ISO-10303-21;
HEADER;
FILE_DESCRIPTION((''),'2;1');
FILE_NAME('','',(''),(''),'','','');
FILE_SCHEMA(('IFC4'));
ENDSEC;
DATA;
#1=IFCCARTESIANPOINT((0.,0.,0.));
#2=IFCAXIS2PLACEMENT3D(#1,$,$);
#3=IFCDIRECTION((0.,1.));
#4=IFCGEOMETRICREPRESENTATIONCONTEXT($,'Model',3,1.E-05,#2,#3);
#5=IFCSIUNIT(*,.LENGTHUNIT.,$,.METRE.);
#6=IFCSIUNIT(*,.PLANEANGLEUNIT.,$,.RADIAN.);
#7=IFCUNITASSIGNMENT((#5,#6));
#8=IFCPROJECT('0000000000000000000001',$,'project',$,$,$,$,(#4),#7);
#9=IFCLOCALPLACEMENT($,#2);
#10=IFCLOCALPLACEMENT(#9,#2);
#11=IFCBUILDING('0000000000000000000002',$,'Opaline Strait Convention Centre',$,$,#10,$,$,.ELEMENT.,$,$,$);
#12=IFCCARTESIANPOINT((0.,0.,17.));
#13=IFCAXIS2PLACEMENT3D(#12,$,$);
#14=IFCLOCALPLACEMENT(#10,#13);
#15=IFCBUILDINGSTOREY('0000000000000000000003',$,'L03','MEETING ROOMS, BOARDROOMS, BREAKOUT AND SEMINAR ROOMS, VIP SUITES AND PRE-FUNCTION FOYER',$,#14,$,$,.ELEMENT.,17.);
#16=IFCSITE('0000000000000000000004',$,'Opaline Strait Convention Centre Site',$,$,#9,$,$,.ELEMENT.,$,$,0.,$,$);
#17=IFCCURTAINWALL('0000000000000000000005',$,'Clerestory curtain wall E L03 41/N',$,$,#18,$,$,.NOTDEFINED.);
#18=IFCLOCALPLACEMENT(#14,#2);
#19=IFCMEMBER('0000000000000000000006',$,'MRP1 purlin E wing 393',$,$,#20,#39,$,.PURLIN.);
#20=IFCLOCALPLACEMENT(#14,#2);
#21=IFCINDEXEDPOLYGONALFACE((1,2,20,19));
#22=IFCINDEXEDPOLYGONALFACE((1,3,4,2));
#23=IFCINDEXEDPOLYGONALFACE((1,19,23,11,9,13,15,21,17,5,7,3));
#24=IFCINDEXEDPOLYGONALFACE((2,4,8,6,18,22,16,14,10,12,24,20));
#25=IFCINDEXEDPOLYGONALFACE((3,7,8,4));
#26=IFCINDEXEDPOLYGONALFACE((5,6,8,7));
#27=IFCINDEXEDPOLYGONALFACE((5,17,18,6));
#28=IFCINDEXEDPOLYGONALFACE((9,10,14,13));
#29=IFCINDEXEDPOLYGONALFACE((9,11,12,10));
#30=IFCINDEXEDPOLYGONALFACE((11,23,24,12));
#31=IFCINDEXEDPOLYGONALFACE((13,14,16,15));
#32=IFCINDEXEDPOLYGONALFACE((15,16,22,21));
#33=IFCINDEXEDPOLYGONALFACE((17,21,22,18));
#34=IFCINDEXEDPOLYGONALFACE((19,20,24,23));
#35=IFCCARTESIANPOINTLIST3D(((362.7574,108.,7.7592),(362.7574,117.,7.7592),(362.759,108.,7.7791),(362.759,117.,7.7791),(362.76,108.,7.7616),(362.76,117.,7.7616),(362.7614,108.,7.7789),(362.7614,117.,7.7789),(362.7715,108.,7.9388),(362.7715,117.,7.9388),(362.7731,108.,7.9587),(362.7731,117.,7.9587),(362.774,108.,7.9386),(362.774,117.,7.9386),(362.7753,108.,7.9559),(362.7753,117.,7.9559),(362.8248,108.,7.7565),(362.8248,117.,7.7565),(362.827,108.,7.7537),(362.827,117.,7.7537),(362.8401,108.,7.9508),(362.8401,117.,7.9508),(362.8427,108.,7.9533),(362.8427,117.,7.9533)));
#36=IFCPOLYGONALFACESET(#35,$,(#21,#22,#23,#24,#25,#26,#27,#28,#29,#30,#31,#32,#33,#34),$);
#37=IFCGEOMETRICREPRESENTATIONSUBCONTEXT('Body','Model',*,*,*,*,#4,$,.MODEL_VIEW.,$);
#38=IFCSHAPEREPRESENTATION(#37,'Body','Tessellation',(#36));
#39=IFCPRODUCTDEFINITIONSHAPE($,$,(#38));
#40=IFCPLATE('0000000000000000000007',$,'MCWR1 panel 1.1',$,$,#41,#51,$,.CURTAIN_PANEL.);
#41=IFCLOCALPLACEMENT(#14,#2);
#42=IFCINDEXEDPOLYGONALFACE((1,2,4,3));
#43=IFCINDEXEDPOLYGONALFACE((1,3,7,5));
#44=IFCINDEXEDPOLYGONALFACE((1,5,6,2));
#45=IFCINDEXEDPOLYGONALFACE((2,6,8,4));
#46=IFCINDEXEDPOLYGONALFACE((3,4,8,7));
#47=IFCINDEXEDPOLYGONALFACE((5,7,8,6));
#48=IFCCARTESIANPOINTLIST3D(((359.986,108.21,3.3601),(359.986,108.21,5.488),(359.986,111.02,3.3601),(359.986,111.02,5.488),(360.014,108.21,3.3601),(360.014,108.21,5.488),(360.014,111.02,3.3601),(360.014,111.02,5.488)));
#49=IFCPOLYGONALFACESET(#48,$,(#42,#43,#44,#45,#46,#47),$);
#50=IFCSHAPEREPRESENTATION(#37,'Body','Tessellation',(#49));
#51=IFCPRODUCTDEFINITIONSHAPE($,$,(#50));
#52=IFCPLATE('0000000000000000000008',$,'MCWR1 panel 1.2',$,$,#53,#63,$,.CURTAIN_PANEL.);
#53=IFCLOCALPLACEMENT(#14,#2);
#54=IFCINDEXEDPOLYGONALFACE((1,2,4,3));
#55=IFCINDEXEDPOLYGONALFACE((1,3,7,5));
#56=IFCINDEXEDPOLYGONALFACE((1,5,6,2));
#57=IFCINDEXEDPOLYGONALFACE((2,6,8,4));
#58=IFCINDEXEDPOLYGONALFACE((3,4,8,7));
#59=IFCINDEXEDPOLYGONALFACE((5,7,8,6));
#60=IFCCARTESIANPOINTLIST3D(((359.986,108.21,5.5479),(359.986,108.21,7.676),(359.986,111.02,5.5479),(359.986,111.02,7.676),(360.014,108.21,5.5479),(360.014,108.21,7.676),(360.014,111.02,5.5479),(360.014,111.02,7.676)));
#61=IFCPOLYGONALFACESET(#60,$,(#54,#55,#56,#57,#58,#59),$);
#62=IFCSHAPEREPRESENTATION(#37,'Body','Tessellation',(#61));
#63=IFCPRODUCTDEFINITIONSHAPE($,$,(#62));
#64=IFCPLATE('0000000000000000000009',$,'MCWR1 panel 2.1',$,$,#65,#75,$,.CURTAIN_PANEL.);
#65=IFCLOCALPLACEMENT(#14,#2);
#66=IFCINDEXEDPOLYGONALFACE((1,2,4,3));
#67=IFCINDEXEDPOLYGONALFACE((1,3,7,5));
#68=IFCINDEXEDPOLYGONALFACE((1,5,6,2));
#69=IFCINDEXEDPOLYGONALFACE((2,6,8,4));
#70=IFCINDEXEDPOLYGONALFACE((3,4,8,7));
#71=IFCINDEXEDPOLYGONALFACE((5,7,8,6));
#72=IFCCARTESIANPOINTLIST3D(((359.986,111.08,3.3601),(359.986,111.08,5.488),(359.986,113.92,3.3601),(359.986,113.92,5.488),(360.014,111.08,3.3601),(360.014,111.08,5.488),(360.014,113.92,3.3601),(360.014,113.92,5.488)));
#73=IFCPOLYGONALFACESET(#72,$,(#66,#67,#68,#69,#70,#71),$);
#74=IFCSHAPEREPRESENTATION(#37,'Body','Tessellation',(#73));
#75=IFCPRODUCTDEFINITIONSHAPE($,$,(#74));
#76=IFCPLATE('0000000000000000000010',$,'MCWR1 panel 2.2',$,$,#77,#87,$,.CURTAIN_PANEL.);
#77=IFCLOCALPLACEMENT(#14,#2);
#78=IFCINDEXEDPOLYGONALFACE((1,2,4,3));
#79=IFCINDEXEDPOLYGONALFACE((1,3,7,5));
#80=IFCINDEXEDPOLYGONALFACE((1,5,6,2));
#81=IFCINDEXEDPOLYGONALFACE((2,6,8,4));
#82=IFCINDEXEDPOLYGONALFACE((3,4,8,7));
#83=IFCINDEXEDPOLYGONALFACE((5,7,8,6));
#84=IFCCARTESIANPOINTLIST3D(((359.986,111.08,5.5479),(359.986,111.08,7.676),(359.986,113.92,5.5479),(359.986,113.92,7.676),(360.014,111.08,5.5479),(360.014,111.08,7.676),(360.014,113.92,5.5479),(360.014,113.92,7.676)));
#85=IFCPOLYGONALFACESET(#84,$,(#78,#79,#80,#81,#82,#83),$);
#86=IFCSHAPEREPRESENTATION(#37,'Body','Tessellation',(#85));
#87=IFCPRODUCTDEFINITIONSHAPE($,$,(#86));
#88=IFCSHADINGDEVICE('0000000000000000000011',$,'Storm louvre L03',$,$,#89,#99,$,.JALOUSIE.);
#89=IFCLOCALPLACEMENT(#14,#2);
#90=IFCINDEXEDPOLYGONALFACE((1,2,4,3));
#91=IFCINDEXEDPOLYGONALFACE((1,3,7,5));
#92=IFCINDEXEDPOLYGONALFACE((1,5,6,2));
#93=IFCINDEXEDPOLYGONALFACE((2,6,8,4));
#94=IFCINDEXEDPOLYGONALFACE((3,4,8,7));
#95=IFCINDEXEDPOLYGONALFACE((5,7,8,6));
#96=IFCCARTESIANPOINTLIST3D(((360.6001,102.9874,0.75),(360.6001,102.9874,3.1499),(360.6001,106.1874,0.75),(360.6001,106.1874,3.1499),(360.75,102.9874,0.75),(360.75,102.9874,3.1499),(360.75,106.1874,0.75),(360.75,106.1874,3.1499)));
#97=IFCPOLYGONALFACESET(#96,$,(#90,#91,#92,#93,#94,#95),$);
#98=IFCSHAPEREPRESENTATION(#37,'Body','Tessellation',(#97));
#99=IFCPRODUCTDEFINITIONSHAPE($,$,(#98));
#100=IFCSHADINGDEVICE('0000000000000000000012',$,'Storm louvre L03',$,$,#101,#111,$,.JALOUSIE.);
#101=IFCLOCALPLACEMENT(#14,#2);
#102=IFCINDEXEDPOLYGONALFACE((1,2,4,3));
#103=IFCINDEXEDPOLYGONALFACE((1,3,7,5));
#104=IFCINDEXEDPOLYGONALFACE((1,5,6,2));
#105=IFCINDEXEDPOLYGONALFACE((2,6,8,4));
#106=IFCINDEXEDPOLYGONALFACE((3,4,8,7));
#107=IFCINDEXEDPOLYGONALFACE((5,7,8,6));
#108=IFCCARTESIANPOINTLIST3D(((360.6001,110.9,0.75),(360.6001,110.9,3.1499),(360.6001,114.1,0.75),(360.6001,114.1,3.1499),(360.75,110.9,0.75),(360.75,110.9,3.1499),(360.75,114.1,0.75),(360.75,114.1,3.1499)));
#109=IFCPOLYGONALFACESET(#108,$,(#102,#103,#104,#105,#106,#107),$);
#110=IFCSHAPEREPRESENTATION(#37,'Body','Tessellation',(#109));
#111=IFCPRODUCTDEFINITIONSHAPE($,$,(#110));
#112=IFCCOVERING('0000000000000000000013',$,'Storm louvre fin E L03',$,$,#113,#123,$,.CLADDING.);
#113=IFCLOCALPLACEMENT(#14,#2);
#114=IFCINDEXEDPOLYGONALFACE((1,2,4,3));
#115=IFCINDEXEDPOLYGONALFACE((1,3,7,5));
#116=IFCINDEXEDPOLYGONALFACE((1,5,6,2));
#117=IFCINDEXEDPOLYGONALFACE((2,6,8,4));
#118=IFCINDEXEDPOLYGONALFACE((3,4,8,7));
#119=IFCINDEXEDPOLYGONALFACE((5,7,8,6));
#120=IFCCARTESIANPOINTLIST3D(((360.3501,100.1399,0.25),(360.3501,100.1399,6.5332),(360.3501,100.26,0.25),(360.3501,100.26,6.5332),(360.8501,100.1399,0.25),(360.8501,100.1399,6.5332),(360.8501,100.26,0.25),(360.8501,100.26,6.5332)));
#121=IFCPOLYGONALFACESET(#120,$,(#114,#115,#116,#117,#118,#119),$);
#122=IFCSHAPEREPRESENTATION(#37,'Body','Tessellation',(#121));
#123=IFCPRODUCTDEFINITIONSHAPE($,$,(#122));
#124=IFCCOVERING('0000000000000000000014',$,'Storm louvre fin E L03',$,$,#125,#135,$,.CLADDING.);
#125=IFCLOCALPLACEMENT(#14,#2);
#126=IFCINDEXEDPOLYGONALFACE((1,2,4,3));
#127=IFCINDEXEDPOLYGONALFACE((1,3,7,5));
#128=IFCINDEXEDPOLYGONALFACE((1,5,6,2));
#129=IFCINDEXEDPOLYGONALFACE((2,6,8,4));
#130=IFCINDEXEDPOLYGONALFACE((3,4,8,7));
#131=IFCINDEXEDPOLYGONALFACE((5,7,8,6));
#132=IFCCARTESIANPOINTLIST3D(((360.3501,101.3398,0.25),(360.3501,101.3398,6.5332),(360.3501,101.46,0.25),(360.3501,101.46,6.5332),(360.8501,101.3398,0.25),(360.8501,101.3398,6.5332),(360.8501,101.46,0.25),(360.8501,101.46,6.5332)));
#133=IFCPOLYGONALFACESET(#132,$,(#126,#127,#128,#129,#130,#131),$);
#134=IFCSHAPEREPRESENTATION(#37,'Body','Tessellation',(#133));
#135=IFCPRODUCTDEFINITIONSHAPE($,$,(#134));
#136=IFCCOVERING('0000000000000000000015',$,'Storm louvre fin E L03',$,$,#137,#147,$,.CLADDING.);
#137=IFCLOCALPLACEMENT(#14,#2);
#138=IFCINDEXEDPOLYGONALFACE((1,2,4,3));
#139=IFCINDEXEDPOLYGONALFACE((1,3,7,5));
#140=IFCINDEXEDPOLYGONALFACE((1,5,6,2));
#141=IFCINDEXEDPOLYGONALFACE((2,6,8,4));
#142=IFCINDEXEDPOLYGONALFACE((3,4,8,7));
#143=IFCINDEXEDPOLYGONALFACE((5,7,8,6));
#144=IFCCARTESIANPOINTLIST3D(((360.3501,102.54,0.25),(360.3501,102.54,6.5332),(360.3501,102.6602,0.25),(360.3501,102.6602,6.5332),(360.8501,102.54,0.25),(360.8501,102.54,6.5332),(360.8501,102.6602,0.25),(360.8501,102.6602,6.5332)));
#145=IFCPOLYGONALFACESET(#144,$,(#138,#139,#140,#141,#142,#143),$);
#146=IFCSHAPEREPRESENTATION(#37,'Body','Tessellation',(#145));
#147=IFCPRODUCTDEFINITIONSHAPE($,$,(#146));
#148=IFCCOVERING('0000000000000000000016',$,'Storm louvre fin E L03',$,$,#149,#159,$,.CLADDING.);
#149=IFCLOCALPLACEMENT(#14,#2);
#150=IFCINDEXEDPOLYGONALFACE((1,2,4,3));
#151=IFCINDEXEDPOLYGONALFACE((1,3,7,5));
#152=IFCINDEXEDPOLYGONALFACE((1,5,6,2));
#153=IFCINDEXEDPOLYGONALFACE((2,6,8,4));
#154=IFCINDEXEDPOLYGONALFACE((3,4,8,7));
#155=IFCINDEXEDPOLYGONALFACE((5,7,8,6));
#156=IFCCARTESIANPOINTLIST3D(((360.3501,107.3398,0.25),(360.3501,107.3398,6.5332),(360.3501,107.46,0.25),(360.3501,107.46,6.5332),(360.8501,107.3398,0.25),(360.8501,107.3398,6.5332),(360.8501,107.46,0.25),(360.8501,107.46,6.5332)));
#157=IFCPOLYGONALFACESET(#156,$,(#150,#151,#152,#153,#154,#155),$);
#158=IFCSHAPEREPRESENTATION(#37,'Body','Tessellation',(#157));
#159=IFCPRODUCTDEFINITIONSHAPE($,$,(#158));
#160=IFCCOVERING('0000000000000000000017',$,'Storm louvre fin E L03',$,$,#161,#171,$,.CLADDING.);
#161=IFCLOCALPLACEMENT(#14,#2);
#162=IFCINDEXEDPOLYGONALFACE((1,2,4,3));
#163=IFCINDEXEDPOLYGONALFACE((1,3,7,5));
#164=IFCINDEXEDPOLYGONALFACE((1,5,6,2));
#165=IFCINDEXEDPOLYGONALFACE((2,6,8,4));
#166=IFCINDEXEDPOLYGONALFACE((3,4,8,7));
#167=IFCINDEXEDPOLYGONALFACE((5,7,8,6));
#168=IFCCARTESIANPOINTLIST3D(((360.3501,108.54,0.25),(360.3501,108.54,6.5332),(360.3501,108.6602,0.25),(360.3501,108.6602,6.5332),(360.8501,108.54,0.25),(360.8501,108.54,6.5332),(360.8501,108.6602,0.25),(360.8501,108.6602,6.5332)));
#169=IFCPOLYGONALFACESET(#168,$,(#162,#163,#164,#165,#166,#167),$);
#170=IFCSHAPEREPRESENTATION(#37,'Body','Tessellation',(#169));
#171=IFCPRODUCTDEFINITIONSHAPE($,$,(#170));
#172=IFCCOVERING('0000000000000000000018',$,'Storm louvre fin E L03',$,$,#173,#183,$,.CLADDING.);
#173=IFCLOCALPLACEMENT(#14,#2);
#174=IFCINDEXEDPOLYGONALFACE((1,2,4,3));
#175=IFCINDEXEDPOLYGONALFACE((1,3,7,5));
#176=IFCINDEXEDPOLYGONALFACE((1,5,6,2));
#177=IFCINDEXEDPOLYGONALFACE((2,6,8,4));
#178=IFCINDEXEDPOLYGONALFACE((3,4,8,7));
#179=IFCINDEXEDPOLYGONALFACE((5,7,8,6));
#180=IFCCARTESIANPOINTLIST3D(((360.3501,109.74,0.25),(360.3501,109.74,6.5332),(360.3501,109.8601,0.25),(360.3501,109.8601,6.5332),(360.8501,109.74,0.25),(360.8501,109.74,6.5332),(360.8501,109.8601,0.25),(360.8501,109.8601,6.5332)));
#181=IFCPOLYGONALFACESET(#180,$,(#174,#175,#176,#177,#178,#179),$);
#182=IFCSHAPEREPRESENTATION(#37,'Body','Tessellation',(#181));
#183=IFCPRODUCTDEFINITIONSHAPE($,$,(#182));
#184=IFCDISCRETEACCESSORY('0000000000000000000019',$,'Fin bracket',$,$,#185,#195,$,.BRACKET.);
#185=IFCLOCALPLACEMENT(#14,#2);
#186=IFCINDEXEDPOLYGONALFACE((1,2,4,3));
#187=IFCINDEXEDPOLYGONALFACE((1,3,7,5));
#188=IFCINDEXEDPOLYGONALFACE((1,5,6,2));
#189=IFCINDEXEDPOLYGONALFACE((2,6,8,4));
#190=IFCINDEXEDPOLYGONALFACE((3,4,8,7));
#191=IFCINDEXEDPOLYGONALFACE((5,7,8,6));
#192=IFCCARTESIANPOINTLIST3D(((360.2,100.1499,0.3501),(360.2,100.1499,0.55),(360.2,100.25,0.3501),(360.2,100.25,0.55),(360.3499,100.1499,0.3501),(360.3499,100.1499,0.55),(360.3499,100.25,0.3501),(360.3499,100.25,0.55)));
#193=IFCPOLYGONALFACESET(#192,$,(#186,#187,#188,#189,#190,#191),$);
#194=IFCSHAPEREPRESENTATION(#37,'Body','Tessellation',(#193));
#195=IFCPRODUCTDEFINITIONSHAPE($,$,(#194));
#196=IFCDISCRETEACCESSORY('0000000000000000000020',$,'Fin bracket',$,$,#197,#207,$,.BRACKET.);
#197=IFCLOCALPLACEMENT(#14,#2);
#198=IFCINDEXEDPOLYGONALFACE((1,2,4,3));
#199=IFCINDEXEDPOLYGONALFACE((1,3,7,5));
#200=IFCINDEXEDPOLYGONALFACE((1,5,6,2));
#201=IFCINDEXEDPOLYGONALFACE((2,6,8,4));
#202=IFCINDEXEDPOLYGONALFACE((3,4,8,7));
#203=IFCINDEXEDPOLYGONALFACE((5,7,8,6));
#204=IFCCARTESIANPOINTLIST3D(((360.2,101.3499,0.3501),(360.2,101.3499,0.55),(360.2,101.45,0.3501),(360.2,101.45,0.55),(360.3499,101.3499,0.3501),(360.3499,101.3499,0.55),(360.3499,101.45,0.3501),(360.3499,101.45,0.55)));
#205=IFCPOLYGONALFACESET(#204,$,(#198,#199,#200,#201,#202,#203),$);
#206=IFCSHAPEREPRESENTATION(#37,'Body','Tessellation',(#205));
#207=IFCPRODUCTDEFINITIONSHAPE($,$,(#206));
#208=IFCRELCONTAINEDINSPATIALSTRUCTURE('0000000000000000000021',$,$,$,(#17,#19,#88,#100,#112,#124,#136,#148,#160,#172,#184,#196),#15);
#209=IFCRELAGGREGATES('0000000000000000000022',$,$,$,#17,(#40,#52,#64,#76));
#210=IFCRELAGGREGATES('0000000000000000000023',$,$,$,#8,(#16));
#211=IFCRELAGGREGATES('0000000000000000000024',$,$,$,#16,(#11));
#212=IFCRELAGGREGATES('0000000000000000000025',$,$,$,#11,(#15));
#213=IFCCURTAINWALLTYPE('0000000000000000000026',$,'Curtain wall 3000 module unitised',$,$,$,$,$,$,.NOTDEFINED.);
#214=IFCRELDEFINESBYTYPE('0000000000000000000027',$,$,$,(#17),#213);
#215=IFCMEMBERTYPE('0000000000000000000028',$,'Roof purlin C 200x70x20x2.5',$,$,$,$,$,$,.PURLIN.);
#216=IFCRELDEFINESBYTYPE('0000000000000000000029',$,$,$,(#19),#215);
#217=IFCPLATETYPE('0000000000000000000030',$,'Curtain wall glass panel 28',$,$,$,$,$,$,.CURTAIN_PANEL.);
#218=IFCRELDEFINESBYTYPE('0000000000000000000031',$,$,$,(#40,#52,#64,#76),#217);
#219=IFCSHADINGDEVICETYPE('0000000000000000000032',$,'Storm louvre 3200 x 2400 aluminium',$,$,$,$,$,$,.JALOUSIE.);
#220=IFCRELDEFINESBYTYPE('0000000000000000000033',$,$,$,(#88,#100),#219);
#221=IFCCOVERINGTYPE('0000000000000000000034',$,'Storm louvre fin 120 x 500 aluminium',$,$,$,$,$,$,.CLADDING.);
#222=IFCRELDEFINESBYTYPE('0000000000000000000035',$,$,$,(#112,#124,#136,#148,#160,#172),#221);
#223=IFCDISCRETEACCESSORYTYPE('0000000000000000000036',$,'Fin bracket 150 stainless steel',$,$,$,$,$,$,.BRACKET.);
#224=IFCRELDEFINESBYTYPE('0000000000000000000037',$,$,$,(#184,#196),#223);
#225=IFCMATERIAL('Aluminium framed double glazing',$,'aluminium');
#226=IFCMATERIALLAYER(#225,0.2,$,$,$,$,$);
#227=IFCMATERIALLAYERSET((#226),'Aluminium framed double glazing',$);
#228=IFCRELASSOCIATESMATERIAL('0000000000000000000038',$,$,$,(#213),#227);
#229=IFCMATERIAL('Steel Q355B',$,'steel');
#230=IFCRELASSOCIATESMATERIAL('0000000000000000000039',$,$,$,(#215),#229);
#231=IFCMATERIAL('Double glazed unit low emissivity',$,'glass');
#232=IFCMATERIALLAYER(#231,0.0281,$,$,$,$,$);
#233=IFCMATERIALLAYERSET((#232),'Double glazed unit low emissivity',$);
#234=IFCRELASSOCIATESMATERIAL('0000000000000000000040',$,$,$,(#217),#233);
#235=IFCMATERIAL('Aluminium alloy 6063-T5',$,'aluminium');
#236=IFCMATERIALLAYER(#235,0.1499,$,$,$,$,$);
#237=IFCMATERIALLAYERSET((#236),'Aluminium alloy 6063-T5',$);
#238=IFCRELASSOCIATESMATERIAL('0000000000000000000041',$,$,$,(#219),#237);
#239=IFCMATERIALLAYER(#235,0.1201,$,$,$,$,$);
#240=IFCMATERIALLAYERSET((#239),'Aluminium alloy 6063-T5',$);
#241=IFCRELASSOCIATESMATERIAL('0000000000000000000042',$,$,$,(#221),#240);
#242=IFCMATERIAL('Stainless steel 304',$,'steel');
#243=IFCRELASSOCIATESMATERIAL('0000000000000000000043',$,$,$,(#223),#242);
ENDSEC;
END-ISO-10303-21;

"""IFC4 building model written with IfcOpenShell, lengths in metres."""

from ifc_helpers import new_model, si_unit, direction, frame, origin, origin_2d, place, context, subcontext, project, spatial, polyline, rectangle, outline, extrude, material, layer, layer_set, material_profile, profile_set, type_object, element, aggregate, save


model = new_model("IFC4")

# Units and contexts
model_context = context("Model", 3, precision=1e-05, world=origin(), true_north=direction((0.0, 1.0)))
body_context = subcontext(model_context, "Body", "Model", "MODEL_VIEW")
ifc_project = project(units=[si_unit("LENGTHUNIT", "METRE"), si_unit("PLANEANGLEUNIT", "RADIAN")], contexts=[model_context])

# Site, building, storey
site_placement = place(None, origin())
site = spatial("IfcSite", under=ifc_project, at=site_placement, Name="Opaline Strait Convention Centre Site", CompositionType="ELEMENT", RefElevation=0.0)
building_placement = place(site_placement, origin())
building = spatial("IfcBuilding", under=site, at=building_placement, Name="Opaline Strait Convention Centre", CompositionType="ELEMENT")
storey_placement = place(building_placement, frame((0.0, 0.0, 17.0)))
storey = spatial("IfcBuildingStorey", under=building, at=storey_placement, Name="L03", Description="MEETING ROOMS, BOARDROOMS, BREAKOUT AND SEMINAR ROOMS, VIP SUITES AND PRE-FUNCTION FOYER", CompositionType="ELEMENT", Elevation=17.0)

# Curtain wall
ifc_material_1 = material(Name="Aluminium framed double glazing", Category="aluminium")
ifc_layer_1 = layer(ifc_material_1, 0.2)
ifc_layer_set_1 = layer_set([ifc_layer_1], Name="Aluminium framed double glazing")
curtain_wall_type = type_object("IfcCurtainWallType", Name="Curtain wall 3000 module unitised", PredefinedType="NOTDEFINED", material=ifc_layer_set_1)
curtain_wall_placement = place(storey_placement, origin())
curtain_wall = element("IfcCurtainWall", 1, at=curtain_wall_placement, inside=storey, type_object=curtain_wall_type, Name="Clerestory curtain wall E L03 41/N", PredefinedType="NOTDEFINED")

# Member
ifc_material_2 = material(Name="Steel Q355B", Category="steel")
ifc_material_profile_1 = material_profile(ifc_material_2, outline(polyline([(-0.0349, -0.1001), (0.0349, -0.1001), (0.0349, -0.0801), (0.0325, -0.0801), (0.0325, -0.0974), (-0.0325, -0.0974), (-0.0325, 0.0974), (0.0325, 0.0974), (0.0325, 0.0801), (0.0349, 0.0801), (0.0349, 0.1001), (-0.0349, 0.1001), (-0.0349, -0.1001)])), Name="C 200x70x20x2.5")
ifc_profile_set_1 = profile_set([ifc_material_profile_1], Name="Steel Q355B")
member_type_1 = type_object("IfcMemberType", Name="Roof purlin C 200x70x20x2.5", PredefinedType="PURLIN", material=ifc_profile_set_1)
for number, where, z_axis, x_axis, name in (
    (2, (362.8, 108.0, 7.8562), (0.0, 1.0, 0.0), (-0.996917, 0.0, 0.078459), "MRP1 purlin E wing 393"),
):
    element("IfcMember", number, at=place(storey_placement, frame(where, z_axis=z_axis, x_axis=x_axis)), inside=storey, type_object=member_type_1, Name=name, PredefinedType="PURLIN", context=body_context, shape_type="SweptSolid", body=[
        extrude(outline(polyline([(-0.0349, -0.1001), (0.0349, -0.1001), (0.0349, -0.0801), (0.0325, -0.0801), (0.0325, -0.0974), (-0.0325, -0.0974), (-0.0325, 0.0974), (0.0325, 0.0974), (0.0325, 0.0801), (0.0349, 0.0801), (0.0349, 0.1001), (-0.0349, 0.1001), (-0.0349, -0.1001)])), origin(), (0.0, 0.0, 1.0), 9.0),
    ])

# Plates
ifc_material_3 = material(Name="Double glazed unit low emissivity", Category="glass")
ifc_layer_2 = layer(ifc_material_3, 0.0281)
ifc_layer_set_2 = layer_set([ifc_layer_2], Name="Double glazed unit low emissivity")
plate_type = type_object("IfcPlateType", Name="Curtain wall glass panel 28", PredefinedType="CURTAIN_PANEL", material=ifc_layer_set_2)
plate_1_placement = place(storey_placement, frame((360.0, 109.615, 3.3601), z_axis=(0.0, 0.0, 1.0), x_axis=(0.0, 1.0, 0.0)))
plate_1 = element("IfcPlate", 3, at=plate_1_placement, type_object=plate_type, Name="MCWR1 panel 1.1", PredefinedType="CURTAIN_PANEL", context=body_context, shape_type="SweptSolid", body=[
    extrude(rectangle(XDim=2.8101, YDim=0.0281, at=origin_2d()), origin(), (0.0, 0.0, 1.0), 2.1279),
])
plate_2_placement = place(storey_placement, frame((360.0, 109.615, 5.5479), z_axis=(0.0, 0.0, 1.0), x_axis=(0.0, 1.0, 0.0)))
plate_2 = element("IfcPlate", 4, at=plate_2_placement, type_object=plate_type, Name="MCWR1 panel 1.2", PredefinedType="CURTAIN_PANEL", context=body_context, shape_type="SweptSolid", body=[
    extrude(rectangle(XDim=2.8101, YDim=0.0281, at=origin_2d()), origin(), (0.0, 0.0, 1.0), 2.1282),
])
plate_3_placement = place(storey_placement, frame((360.0, 112.5, 3.3601), z_axis=(0.0, 0.0, 1.0), x_axis=(0.0, 1.0, 0.0)))
plate_3 = element("IfcPlate", 5, at=plate_3_placement, type_object=plate_type, Name="MCWR1 panel 2.1", PredefinedType="CURTAIN_PANEL", context=body_context, shape_type="SweptSolid", body=[
    extrude(rectangle(XDim=2.8401, YDim=0.0281, at=origin_2d()), origin(), (0.0, 0.0, 1.0), 2.1279),
])
plate_4_placement = place(storey_placement, frame((360.0, 112.5, 5.5479), z_axis=(0.0, 0.0, 1.0), x_axis=(0.0, 1.0, 0.0)))
plate_4 = element("IfcPlate", 6, at=plate_4_placement, type_object=plate_type, Name="MCWR1 panel 2.2", PredefinedType="CURTAIN_PANEL", context=body_context, shape_type="SweptSolid", body=[
    extrude(rectangle(XDim=2.8401, YDim=0.0281, at=origin_2d()), origin(), (0.0, 0.0, 1.0), 2.1282),
])
aggregate(curtain_wall, [plate_1, plate_2, plate_3, plate_4])

# Shading devices
ifc_material_4 = material(Name="Aluminium alloy 6063-T5", Category="aluminium")
ifc_layer_3 = layer(ifc_material_4, 0.1499)
ifc_layer_set_3 = layer_set([ifc_layer_3], Name="Aluminium alloy 6063-T5")
shading_device_type = type_object("IfcShadingDeviceType", Name="Storm louvre 3200 x 2400 aluminium", PredefinedType="JALOUSIE", material=ifc_layer_set_3)
for number, where, z_axis, x_axis, name in (
    (7, (360.675, 104.5874, 0.75), (0.0, 0.0, 1.0), (1.0, 0.0, 0.0), "Storm louvre L03"),
    (8, (360.675, 112.5, 0.75), (0.0, 0.0, 1.0), (1.0, 0.0, 0.0), "Storm louvre L03"),
):
    element("IfcShadingDevice", number, at=place(storey_placement, frame(where, z_axis=z_axis, x_axis=x_axis)), inside=storey, type_object=shading_device_type, Name=name, PredefinedType="JALOUSIE", context=body_context, shape_type="SweptSolid", body=[
        extrude(rectangle(XDim=0.1499, YDim=3.2, at=origin_2d()), origin(), (0.0, 0.0, 1.0), 2.3999),
    ])

# Coverings
ifc_layer_4 = layer(ifc_material_4, 0.1201)
ifc_layer_set_4 = layer_set([ifc_layer_4], Name="Aluminium alloy 6063-T5")
covering_type = type_object("IfcCoveringType", Name="Storm louvre fin 120 x 500 aluminium", PredefinedType="CLADDING", material=ifc_layer_set_4)
for number, where, z_axis, x_axis, name in (
    (9, (360.6001, 100.2, 0.25), (0.0, 0.0, 1.0), (1.0, 0.0, 0.0), "Storm louvre fin E L03"),
    (10, (360.6001, 101.3999, 0.25), (0.0, 0.0, 1.0), (1.0, 0.0, 0.0), "Storm louvre fin E L03"),
    (11, (360.6001, 102.6001, 0.25), (0.0, 0.0, 1.0), (1.0, 0.0, 0.0), "Storm louvre fin E L03"),
    (12, (360.6001, 107.3999, 0.25), (0.0, 0.0, 1.0), (1.0, 0.0, 0.0), "Storm louvre fin E L03"),
    (13, (360.6001, 108.6001, 0.25), (0.0, 0.0, 1.0), (1.0, 0.0, 0.0), "Storm louvre fin E L03"),
    (14, (360.6001, 109.8, 0.25), (0.0, 0.0, 1.0), (1.0, 0.0, 0.0), "Storm louvre fin E L03"),
):
    element("IfcCovering", number, at=place(storey_placement, frame(where, z_axis=z_axis, x_axis=x_axis)), inside=storey, type_object=covering_type, Name=name, PredefinedType="CLADDING", context=body_context, shape_type="SweptSolid", body=[
        extrude(rectangle(XDim=0.5, YDim=0.1201, at=origin_2d()), origin(), (0.0, 0.0, 1.0), 6.2832),
    ])

# Discrete accessories
ifc_material_5 = material(Name="Stainless steel 304", Category="steel")
discrete_accessory_type_1 = type_object("IfcDiscreteAccessoryType", Name="Fin bracket 150 stainless steel", PredefinedType="BRACKET", material=ifc_material_5)
for number, where, z_axis, x_axis, name in (
    (15, (360.2749, 100.2, 0.3501), (0.0, 0.0, 1.0), (1.0, 0.0, 0.0), "Fin bracket"),
    (16, (360.2749, 101.3999, 0.3501), (0.0, 0.0, 1.0), (1.0, 0.0, 0.0), "Fin bracket"),
):
    element("IfcDiscreteAccessory", number, at=place(storey_placement, frame(where, z_axis=z_axis, x_axis=x_axis)), inside=storey, type_object=discrete_accessory_type_1, Name=name, PredefinedType="BRACKET", context=body_context, shape_type="SweptSolid", body=[
        extrude(rectangle(XDim=0.1499, YDim=0.1001, at=origin_2d()), origin(), (0.0, 0.0, 1.0), 0.2),
    ])

save(model, "model.ifc")
